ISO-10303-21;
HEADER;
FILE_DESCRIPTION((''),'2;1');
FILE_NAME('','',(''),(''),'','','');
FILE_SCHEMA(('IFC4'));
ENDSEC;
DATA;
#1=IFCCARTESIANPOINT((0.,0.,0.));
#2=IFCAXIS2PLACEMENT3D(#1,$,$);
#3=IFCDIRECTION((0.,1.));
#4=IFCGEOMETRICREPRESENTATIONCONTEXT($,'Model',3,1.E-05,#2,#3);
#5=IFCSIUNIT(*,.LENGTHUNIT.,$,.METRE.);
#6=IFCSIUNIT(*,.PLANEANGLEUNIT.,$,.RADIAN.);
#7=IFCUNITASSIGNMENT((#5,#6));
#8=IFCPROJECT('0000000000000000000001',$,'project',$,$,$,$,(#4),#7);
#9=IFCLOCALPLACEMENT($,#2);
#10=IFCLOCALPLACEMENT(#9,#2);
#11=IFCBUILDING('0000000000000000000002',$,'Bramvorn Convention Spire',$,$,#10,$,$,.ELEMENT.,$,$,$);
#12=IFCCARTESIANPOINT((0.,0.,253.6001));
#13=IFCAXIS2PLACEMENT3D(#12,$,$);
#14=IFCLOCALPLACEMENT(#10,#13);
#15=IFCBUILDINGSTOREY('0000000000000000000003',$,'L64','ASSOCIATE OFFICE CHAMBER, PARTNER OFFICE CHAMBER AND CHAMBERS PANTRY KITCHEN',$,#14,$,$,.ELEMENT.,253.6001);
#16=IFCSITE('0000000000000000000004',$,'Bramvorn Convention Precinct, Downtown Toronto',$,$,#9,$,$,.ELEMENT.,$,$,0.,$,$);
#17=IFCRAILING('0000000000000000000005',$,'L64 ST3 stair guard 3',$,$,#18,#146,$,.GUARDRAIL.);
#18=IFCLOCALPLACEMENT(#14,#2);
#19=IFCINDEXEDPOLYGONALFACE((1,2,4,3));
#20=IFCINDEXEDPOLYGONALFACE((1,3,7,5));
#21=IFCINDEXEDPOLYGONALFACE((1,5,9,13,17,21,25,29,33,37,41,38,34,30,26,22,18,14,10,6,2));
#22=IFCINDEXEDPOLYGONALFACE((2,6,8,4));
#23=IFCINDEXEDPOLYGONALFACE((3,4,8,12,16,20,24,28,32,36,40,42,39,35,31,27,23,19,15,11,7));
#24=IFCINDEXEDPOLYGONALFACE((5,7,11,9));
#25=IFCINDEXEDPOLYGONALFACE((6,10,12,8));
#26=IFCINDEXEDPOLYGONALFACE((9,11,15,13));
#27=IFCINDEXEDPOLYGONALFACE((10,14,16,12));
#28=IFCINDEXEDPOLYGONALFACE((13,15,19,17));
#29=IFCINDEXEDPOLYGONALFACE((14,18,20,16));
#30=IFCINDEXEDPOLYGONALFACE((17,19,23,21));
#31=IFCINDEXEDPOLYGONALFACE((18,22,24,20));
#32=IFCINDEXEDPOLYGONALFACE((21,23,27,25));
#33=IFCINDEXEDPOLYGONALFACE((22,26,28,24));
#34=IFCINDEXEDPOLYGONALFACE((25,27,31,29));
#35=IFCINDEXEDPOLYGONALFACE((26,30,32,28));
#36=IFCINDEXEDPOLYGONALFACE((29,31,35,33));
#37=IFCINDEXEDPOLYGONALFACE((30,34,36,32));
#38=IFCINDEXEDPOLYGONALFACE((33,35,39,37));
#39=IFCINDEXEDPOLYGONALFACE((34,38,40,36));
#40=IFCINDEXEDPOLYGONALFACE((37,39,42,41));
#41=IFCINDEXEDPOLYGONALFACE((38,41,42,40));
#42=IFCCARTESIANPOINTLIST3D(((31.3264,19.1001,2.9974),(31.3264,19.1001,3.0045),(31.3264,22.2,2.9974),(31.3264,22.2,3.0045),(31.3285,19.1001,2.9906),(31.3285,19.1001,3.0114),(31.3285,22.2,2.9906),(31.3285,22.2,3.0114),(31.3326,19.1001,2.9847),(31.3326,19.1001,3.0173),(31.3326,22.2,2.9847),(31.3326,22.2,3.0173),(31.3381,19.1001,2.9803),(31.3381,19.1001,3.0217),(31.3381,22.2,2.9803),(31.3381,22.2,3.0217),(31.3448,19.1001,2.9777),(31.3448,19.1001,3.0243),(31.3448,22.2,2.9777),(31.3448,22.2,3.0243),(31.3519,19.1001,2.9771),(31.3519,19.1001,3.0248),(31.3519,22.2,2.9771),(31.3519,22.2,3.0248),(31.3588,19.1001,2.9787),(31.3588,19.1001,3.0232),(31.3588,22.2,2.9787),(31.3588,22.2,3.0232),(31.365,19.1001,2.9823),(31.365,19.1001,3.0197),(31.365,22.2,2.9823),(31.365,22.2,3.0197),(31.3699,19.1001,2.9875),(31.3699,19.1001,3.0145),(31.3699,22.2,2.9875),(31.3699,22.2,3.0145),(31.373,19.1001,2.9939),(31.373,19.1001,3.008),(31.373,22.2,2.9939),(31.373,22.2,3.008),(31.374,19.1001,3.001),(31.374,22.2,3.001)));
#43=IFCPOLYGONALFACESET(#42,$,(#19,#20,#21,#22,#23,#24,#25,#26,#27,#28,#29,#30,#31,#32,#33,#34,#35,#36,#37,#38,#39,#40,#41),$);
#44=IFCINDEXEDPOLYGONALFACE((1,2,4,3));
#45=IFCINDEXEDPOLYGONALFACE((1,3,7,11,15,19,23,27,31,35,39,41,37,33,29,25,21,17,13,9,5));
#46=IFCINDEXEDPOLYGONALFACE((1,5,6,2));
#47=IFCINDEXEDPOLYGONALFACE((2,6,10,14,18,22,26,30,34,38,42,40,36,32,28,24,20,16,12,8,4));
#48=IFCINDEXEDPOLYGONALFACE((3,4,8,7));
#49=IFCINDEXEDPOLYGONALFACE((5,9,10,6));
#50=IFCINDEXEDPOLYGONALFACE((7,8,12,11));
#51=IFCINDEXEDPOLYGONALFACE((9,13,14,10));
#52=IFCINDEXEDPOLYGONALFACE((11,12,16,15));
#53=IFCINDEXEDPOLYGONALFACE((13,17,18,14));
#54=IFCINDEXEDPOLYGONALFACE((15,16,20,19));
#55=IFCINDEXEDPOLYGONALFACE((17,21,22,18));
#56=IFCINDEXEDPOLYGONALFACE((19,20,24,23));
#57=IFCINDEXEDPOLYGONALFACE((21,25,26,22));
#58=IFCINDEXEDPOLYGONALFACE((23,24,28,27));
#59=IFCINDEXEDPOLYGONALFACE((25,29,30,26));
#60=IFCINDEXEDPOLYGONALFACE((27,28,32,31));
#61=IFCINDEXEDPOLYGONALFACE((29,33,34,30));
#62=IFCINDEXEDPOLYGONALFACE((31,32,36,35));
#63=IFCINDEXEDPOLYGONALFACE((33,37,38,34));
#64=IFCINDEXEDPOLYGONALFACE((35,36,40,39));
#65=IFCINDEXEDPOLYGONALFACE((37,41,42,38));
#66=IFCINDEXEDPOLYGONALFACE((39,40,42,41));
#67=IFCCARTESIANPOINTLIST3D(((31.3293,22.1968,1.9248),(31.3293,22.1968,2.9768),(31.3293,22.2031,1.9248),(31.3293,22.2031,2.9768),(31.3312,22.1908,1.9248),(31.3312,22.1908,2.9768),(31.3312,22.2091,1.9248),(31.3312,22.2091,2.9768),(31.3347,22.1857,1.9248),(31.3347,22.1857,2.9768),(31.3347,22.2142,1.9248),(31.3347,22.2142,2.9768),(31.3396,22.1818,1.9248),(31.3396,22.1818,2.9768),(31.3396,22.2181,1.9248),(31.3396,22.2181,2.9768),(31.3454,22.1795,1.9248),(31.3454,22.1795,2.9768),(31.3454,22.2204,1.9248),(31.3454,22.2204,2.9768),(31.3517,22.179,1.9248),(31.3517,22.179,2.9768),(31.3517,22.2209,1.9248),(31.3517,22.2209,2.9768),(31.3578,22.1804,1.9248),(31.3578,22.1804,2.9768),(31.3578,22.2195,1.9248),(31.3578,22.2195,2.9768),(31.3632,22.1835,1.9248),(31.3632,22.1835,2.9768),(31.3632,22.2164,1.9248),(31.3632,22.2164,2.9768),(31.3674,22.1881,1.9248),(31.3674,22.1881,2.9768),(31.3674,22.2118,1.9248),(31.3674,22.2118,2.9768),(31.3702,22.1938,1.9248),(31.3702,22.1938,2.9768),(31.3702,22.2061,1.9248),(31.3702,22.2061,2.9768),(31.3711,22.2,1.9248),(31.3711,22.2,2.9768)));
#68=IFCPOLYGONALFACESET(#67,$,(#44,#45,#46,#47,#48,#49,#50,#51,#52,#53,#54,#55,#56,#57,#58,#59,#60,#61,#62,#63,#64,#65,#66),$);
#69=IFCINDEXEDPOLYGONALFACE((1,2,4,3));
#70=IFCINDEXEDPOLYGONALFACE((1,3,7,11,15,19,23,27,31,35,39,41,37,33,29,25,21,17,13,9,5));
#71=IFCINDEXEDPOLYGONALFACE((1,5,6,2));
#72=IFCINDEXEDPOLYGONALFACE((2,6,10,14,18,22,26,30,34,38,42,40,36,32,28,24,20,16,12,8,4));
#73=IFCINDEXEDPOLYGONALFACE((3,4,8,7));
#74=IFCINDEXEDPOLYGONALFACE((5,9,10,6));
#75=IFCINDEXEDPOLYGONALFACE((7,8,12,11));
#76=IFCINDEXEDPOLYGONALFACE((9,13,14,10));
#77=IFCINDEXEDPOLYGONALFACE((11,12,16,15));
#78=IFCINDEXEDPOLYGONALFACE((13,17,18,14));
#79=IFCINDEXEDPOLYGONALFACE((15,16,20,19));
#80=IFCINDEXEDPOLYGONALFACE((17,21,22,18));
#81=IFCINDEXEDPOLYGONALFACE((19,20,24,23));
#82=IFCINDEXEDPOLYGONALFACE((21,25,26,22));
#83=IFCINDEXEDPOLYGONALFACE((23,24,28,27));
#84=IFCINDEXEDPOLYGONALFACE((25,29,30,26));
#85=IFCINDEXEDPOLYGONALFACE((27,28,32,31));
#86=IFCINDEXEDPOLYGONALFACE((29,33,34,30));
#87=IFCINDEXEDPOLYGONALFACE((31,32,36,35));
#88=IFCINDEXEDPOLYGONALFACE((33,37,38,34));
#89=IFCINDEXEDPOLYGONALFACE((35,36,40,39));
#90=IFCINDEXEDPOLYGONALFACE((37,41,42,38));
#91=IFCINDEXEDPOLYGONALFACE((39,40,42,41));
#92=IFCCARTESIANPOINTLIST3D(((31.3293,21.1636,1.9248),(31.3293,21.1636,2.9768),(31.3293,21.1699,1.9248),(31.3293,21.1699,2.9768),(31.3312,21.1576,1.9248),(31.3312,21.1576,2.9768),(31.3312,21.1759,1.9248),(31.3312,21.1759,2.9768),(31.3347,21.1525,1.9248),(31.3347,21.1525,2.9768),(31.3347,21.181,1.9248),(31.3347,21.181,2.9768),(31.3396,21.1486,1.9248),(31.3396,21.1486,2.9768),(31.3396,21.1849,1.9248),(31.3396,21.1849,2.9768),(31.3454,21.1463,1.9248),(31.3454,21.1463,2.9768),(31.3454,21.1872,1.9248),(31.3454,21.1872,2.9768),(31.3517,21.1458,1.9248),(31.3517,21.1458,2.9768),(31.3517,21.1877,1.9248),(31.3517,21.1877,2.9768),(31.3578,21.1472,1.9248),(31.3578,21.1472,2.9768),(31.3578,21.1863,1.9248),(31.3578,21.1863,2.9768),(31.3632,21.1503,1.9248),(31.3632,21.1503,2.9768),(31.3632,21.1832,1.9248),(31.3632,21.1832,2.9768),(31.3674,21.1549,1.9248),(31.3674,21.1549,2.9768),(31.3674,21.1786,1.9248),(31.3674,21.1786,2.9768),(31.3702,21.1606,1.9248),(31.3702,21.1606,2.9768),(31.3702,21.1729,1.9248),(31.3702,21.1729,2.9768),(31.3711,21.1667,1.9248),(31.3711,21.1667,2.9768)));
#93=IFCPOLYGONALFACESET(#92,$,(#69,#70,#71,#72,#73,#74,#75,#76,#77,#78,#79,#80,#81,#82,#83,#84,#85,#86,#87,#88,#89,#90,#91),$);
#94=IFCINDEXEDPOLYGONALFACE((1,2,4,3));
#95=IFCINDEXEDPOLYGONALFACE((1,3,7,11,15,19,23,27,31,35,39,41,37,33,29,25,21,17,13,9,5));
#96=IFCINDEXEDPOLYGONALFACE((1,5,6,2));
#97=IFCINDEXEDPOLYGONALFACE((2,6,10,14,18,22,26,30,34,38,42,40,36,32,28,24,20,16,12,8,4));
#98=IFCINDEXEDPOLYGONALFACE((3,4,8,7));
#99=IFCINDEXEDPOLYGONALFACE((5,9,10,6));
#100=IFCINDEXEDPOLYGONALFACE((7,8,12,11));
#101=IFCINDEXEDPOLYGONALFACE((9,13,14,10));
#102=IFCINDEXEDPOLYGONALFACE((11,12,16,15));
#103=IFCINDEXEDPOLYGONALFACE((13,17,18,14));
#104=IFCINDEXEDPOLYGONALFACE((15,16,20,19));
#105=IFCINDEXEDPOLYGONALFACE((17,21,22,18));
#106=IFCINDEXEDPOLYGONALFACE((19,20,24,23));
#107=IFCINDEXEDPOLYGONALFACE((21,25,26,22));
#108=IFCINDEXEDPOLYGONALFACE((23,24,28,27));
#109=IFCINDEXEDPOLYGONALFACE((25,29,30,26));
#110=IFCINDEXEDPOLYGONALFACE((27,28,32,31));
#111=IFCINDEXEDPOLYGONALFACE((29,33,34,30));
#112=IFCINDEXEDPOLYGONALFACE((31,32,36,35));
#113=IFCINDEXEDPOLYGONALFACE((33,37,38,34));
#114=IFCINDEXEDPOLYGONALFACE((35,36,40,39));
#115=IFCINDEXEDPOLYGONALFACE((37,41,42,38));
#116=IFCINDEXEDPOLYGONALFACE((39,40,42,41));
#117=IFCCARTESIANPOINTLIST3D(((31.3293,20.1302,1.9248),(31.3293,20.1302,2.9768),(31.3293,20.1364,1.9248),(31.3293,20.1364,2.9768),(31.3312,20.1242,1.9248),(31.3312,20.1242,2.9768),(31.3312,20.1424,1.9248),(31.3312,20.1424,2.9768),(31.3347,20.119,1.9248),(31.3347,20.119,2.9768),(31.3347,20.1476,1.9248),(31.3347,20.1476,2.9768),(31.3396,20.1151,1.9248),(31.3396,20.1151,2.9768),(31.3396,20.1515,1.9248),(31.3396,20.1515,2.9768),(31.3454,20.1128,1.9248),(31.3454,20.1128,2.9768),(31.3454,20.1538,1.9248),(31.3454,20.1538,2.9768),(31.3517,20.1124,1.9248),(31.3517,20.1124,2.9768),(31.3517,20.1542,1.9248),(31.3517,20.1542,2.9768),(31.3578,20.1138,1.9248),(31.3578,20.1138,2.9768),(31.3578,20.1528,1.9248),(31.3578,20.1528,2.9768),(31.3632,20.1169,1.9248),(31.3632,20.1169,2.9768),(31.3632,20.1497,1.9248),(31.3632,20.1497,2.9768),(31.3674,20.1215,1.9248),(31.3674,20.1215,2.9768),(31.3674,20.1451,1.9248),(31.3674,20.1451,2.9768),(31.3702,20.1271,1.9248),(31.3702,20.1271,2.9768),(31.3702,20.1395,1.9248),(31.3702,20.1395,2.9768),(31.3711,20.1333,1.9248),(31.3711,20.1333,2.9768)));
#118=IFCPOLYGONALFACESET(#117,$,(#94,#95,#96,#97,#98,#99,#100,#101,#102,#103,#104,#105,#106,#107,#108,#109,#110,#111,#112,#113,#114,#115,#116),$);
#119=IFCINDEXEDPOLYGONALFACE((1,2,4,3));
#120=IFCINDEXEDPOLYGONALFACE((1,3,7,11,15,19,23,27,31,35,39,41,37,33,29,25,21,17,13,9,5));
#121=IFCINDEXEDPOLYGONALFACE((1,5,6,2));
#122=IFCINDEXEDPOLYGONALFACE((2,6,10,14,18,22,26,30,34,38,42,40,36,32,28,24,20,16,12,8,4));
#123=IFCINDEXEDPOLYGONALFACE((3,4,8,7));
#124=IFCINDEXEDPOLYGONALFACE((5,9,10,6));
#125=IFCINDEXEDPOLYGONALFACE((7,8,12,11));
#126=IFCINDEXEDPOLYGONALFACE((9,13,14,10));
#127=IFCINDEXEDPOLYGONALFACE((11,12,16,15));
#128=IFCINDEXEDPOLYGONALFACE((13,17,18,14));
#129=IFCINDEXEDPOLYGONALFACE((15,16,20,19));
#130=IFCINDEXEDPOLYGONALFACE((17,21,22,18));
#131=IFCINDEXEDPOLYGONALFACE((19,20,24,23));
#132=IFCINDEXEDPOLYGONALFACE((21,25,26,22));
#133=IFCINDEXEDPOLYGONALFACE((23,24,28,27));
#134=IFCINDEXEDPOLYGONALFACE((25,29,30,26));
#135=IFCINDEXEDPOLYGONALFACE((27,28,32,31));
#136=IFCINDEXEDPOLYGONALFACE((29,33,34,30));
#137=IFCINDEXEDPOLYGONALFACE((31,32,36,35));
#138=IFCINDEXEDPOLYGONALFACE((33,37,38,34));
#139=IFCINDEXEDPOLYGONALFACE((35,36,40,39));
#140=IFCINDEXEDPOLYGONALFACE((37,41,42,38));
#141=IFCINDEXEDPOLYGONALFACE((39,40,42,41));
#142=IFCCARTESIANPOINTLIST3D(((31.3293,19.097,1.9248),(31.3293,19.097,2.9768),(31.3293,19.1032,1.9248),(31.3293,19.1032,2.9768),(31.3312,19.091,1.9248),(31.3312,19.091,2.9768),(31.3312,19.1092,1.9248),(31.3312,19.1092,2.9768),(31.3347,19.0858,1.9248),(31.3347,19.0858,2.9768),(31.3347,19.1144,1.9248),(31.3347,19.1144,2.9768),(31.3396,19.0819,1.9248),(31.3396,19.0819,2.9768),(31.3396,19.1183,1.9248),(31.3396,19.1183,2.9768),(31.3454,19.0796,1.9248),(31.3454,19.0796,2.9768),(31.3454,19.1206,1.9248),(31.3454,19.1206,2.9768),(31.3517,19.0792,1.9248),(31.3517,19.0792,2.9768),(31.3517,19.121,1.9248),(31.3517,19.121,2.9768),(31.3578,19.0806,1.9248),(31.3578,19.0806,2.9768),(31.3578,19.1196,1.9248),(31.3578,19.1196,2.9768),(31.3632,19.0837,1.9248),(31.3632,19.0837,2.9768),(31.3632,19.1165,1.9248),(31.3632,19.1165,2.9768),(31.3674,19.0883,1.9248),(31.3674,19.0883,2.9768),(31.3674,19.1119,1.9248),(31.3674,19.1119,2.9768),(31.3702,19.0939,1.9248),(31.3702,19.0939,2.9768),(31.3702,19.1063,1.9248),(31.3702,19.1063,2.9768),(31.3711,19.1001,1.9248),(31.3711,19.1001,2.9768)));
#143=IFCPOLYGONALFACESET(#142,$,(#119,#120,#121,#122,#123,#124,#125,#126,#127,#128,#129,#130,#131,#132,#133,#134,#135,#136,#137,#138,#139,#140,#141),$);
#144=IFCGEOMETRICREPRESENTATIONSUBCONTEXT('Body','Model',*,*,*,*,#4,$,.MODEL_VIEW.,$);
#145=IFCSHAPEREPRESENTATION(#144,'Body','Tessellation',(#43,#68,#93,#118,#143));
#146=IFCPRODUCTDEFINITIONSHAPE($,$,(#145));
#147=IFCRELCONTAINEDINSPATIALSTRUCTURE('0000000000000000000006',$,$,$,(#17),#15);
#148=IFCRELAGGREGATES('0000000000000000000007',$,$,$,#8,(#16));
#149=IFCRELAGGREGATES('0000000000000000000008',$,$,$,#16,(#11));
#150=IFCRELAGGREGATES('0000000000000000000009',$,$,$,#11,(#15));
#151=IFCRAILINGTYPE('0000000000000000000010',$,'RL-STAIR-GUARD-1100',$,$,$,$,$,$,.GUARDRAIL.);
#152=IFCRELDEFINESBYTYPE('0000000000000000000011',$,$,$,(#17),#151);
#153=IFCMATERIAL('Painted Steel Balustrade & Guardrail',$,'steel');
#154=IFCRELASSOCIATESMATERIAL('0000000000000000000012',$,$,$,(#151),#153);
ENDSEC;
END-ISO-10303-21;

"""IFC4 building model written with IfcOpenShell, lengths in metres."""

from ifc_helpers import new_model, si_unit, direction, frame, origin, origin_2d, place, context, subcontext, project, spatial, circle, extrude, material, type_object, element, save


model = new_model("IFC4")

# Units and contexts
model_context = context("Model", 3, precision=1e-05, world=origin(), true_north=direction((0.0, 1.0)))
body_context = subcontext(model_context, "Body", "Model", "MODEL_VIEW")
ifc_project = project(units=[si_unit("LENGTHUNIT", "METRE"), si_unit("PLANEANGLEUNIT", "RADIAN")], contexts=[model_context])

# Site, building, storey
site_placement = place(None, origin())
site = spatial("IfcSite", under=ifc_project, at=site_placement, Name="Bramvorn Convention Precinct, Downtown Toronto", CompositionType="ELEMENT", RefElevation=0.0)
building_placement = place(site_placement, origin())
building = spatial("IfcBuilding", under=site, at=building_placement, Name="Bramvorn Convention Spire", CompositionType="ELEMENT")
storey_placement = place(building_placement, frame((0.0, 0.0, 253.6001)))
storey = spatial("IfcBuildingStorey", under=building, at=storey_placement, Name="L64", Description="ASSOCIATE OFFICE CHAMBER, PARTNER OFFICE CHAMBER AND CHAMBERS PANTRY KITCHEN", CompositionType="ELEMENT", Elevation=253.6001)

# Railing
ifc_material_1 = material(Name="Painted Steel Balustrade & Guardrail", Category="steel")
railing_type_1 = type_object("IfcRailingType", Name="RL-STAIR-GUARD-1100", PredefinedType="GUARDRAIL", material=ifc_material_1)
for number, where, name in (
    (1, (31.3501, 22.2, 1.9248), "L64 ST3 stair guard 3"),
):
    element("IfcRailing", number, at=place(storey_placement, frame(where)), inside=storey, type_object=railing_type_1, Name=name, PredefinedType="GUARDRAIL", context=body_context, shape_type="SweptSolid", body=[
        extrude(circle(Radius=0.0239, at=origin_2d()), frame((0.0, 0.0, 1.0762), z_axis=(0.0, -1.0, 0.0), x_axis=(1.0, 0.0, 0.0)), (0.0, 0.0, 1.0), 3.0999),
        extrude(circle(Radius=0.021, at=origin_2d()), origin(), (0.0, 0.0, 1.0), 1.052),
        extrude(circle(Radius=0.021, at=origin_2d()), frame((0.0, -1.0332, 0.0)), (0.0, 0.0, 1.0), 1.052),
        extrude(circle(Radius=0.021, at=origin_2d()), frame((0.0, -2.0667, 0.0)), (0.0, 0.0, 1.0), 1.052),
        extrude(circle(Radius=0.021, at=origin_2d()), frame((0.0, -3.0999, 0.0)), (0.0, 0.0, 1.0), 1.052),
    ])

save(model, "model.ifc")
